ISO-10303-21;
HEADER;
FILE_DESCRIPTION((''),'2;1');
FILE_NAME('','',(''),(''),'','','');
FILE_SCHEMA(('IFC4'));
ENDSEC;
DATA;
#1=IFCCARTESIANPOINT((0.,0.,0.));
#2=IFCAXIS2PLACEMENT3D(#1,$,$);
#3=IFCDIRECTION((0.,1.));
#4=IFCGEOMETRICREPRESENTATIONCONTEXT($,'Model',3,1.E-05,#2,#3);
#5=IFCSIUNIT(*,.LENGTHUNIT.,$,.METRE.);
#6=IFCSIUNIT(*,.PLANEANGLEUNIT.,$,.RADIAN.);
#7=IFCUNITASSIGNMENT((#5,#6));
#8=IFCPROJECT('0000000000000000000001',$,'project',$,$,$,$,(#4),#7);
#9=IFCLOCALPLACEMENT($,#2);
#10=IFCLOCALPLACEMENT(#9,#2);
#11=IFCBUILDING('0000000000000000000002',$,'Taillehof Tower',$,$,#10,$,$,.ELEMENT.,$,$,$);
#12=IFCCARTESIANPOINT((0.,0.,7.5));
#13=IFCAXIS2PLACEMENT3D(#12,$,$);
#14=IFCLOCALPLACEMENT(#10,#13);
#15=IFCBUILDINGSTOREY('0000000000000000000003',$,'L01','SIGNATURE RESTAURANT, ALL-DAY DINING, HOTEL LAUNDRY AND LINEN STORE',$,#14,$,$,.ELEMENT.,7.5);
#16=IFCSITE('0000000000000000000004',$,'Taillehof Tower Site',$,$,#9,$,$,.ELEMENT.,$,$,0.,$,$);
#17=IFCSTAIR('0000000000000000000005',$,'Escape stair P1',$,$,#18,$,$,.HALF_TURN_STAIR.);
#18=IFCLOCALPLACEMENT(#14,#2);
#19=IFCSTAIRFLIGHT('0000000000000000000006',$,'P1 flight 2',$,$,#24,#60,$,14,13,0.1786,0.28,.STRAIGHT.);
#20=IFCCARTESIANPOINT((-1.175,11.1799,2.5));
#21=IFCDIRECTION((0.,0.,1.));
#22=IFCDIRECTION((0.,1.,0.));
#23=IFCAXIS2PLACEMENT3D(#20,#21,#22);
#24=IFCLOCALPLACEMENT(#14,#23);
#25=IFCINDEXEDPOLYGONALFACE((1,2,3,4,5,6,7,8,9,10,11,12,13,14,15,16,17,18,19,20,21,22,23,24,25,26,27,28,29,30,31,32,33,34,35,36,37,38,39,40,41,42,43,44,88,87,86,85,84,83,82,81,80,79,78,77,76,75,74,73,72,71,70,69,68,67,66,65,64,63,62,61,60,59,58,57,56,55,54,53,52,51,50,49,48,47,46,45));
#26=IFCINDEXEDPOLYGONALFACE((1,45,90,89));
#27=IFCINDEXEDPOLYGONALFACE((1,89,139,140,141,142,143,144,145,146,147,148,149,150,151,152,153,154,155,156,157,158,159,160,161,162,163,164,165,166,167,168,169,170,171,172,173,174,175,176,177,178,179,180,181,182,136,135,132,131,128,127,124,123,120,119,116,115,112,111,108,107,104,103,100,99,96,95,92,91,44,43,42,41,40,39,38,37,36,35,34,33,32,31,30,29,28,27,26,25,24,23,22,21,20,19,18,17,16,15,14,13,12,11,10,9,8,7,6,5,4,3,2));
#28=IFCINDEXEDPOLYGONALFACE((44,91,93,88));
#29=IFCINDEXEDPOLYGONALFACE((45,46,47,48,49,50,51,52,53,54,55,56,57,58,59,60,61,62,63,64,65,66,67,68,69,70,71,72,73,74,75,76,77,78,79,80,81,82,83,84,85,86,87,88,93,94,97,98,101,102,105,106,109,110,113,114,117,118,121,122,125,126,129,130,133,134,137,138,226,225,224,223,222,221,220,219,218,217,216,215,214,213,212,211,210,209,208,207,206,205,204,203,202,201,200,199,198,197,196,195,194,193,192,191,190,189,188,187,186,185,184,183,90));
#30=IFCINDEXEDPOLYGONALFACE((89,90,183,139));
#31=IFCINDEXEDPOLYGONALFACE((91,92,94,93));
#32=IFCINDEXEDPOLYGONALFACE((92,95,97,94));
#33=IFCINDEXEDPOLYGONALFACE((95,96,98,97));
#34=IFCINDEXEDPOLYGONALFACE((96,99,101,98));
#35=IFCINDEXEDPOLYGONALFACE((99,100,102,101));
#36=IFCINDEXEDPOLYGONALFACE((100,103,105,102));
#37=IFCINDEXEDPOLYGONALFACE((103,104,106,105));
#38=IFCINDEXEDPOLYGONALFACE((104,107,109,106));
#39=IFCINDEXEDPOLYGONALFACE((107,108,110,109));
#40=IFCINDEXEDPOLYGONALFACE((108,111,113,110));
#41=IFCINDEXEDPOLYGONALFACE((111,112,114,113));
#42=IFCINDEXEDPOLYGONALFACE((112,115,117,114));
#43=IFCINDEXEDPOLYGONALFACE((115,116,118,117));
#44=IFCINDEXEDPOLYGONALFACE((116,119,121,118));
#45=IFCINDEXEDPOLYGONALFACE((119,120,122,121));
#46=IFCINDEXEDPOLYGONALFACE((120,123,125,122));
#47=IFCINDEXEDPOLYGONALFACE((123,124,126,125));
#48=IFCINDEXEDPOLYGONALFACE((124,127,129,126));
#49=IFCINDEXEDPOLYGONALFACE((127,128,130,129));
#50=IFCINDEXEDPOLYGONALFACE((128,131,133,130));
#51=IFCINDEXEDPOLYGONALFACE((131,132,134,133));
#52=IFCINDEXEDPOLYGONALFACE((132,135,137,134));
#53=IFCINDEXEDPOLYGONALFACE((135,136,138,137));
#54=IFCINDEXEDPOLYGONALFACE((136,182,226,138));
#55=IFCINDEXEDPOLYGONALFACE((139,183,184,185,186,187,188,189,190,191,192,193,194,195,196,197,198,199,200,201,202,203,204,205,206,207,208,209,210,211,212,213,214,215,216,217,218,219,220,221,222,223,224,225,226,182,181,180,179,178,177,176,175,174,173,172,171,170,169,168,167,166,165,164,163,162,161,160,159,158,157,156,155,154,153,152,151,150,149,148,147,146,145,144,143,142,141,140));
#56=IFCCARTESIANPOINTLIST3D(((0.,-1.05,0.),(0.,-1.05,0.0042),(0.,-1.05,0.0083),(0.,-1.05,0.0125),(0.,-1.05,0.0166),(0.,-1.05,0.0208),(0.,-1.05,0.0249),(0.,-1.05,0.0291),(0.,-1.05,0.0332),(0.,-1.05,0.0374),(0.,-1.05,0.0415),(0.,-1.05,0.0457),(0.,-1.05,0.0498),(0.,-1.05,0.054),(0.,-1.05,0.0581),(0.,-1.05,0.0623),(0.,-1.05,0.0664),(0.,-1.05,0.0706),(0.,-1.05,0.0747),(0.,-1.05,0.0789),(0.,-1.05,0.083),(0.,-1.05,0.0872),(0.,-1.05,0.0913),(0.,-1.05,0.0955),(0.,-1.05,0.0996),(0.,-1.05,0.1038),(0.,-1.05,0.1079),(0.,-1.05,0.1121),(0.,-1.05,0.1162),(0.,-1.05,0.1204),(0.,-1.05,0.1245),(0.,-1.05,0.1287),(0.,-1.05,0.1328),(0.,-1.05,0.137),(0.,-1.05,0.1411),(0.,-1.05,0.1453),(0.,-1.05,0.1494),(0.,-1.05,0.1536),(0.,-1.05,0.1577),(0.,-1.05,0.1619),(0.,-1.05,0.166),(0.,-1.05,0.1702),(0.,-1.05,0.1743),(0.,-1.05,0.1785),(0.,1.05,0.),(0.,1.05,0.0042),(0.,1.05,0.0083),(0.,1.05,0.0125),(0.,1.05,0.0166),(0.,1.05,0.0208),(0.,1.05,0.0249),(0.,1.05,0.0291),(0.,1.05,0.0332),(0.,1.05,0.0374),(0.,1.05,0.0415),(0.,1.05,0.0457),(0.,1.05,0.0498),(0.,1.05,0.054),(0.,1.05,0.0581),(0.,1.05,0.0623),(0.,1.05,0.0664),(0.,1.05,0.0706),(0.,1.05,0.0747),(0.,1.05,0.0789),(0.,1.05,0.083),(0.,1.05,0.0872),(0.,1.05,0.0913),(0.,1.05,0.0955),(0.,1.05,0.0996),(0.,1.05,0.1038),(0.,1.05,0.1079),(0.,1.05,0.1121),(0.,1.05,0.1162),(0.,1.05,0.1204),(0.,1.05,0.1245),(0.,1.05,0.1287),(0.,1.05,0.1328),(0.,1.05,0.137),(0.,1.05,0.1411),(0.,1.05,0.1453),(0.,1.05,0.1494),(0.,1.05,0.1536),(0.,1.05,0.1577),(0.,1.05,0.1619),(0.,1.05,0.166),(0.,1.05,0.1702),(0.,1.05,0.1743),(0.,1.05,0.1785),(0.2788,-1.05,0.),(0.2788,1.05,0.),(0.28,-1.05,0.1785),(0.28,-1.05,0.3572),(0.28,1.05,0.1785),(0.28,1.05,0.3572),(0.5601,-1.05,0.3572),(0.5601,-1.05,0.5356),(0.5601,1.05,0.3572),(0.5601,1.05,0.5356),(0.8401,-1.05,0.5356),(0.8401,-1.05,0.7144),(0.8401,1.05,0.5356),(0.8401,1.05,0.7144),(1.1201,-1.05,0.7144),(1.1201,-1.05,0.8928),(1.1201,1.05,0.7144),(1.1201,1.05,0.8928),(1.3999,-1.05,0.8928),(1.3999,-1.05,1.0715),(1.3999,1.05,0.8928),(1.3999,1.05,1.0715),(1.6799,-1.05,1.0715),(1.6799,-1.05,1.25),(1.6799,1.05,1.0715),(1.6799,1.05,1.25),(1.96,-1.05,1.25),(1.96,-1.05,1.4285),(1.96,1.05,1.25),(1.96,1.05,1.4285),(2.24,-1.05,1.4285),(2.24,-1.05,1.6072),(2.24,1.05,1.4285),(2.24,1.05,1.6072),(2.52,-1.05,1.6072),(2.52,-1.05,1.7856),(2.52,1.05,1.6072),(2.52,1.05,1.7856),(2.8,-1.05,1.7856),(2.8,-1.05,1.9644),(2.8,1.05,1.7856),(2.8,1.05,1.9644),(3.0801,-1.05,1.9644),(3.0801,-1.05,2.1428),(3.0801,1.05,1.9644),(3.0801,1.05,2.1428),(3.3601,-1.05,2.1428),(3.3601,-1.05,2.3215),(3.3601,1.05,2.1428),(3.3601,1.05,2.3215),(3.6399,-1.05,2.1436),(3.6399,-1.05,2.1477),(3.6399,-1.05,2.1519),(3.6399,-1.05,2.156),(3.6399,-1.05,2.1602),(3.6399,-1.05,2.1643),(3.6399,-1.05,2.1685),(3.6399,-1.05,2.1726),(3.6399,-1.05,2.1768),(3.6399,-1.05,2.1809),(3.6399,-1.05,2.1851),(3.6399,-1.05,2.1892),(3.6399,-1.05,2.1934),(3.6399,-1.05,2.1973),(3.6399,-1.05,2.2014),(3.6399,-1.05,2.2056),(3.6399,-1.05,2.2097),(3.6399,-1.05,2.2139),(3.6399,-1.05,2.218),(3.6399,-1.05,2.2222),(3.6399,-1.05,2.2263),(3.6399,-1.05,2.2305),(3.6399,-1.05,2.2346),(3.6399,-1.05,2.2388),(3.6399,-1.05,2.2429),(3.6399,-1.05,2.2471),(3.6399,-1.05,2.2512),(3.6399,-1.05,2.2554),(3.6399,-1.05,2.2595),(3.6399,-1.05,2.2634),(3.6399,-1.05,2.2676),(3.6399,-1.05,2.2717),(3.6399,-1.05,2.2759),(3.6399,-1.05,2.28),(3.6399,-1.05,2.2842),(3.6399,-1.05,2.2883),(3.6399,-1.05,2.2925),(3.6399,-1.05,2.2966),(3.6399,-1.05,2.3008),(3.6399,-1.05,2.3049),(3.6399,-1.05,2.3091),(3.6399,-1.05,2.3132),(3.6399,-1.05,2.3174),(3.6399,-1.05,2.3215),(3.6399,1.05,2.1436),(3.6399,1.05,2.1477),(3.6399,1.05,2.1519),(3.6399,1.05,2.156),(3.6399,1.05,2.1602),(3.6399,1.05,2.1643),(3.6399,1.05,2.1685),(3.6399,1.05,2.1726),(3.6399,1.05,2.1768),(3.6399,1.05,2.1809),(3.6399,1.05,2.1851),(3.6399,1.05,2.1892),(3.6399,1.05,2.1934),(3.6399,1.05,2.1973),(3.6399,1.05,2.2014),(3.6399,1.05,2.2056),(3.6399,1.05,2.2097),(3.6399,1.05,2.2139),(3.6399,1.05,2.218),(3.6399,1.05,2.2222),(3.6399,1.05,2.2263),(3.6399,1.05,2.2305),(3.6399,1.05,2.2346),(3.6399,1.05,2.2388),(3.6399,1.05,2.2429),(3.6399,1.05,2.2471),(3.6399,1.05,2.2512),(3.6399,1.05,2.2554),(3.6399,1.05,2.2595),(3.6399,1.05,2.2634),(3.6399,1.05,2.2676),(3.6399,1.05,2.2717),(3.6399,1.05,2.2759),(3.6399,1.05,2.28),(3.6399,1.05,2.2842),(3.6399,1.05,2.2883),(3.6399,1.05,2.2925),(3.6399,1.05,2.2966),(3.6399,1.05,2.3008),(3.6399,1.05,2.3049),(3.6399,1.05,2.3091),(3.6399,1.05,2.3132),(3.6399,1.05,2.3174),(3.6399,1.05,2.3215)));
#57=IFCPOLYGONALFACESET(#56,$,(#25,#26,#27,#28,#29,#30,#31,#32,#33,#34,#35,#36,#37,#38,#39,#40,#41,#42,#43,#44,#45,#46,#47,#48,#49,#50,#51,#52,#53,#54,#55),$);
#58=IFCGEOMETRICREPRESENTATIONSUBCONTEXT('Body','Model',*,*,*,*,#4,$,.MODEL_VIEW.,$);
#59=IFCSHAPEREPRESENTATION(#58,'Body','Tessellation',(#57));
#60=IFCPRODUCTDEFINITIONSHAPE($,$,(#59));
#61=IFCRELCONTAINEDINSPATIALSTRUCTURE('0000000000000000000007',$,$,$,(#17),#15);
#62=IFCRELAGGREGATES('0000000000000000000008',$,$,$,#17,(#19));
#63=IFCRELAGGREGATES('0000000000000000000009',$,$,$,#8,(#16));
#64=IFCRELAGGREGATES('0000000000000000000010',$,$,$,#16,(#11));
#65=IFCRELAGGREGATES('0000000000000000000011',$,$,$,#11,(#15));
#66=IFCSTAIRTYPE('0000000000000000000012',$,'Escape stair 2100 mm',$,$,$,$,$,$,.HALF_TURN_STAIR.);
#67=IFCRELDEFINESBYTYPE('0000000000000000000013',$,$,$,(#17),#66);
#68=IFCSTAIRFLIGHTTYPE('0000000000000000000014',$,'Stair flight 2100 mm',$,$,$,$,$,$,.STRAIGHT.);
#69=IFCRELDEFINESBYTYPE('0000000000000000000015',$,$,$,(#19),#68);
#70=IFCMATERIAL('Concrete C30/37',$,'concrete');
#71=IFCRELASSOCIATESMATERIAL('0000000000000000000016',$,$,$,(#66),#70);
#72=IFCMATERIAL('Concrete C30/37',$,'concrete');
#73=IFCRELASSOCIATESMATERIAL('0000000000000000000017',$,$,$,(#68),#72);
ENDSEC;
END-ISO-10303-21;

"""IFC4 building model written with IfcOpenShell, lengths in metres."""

from ifc_helpers import new_model, si_unit, direction, frame, origin, place, context, subcontext, project, spatial, polyline, outline, extrude, material, type_object, element, aggregate, save


model = new_model("IFC4")

# Units and contexts
model_context = context("Model", 3, precision=1e-05, world=origin(), true_north=direction((0.0, 1.0)))
body_context = subcontext(model_context, "Body", "Model", "MODEL_VIEW")
ifc_project = project(units=[si_unit("LENGTHUNIT", "METRE"), si_unit("PLANEANGLEUNIT", "RADIAN")], contexts=[model_context])

# Site, building, storey
site_placement = place(None, origin())
site = spatial("IfcSite", under=ifc_project, at=site_placement, Name="Taillehof Tower Site", CompositionType="ELEMENT", RefElevation=0.0)
building_placement = place(site_placement, origin())
building = spatial("IfcBuilding", under=site, at=building_placement, Name="Taillehof Tower", CompositionType="ELEMENT")
storey_placement = place(building_placement, frame((0.0, 0.0, 7.5)))
storey = spatial("IfcBuildingStorey", under=building, at=storey_placement, Name="L01", Description="SIGNATURE RESTAURANT, ALL-DAY DINING, HOTEL LAUNDRY AND LINEN STORE", CompositionType="ELEMENT", Elevation=7.5)

# Stair, stair flight
ifc_material_1 = material(Name="Concrete C30/37", Category="concrete")
stair_type_1 = type_object("IfcStairType", Name="Escape stair 2100 mm", PredefinedType="HALF_TURN_STAIR", material=ifc_material_1)
stair_1_placement = place(storey_placement, origin())
stair_1 = element("IfcStair", 1, at=stair_1_placement, inside=storey, type_object=stair_type_1, Name="Escape stair P1", PredefinedType="HALF_TURN_STAIR")
ifc_material_2 = material(Name="Concrete C30/37", Category="concrete")
stair_flight_type_1 = type_object("IfcStairFlightType", Name="Stair flight 2100 mm", PredefinedType="STRAIGHT", material=ifc_material_2)
stair_flight_1_placement = place(storey_placement, frame((-1.175, 11.1799, 2.5), z_axis=(0.0, 0.0, 1.0), x_axis=(0.0, 1.0, 0.0)))
stair_flight_1 = element("IfcStairFlight", 2, at=stair_flight_1_placement, type_object=stair_flight_type_1, Name="P1 flight 2", NumberOfRisers=14, NumberOfTreads=13, PredefinedType="STRAIGHT", RiserHeight=0.1786, TreadLength=0.28, context=body_context, shape_type="SweptSolid", body=[
    extrude(outline(polyline([(0.0, 0.0), (0.0, 0.0042), (0.0, 0.0083), (0.0, 0.0125), (0.0, 0.0166), (0.0, 0.0208), (0.0, 0.0249), (0.0, 0.0291), (0.0, 0.0332), (0.0, 0.0374), (0.0, 0.0415), (0.0, 0.0457), (0.0, 0.0498), (0.0, 0.054), (0.0, 0.0581), (0.0, 0.0623), (0.0, 0.0664), (0.0, 0.0706), (0.0, 0.0747), (0.0, 0.0789), (0.0, 0.083), (0.0, 0.0872), (0.0, 0.0913), (0.0, 0.0955), (0.0, 0.0996), (0.0, 0.1038), (0.0, 0.1079), (0.0, 0.1121), (0.0, 0.1162), (0.0, 0.1204), (0.0, 0.1245), (0.0, 0.1287), (0.0, 0.1328), (0.0, 0.137), (0.0, 0.1411), (0.0, 0.1453), (0.0, 0.1494), (0.0, 0.1536), (0.0, 0.1577), (0.0, 0.1619), (0.0, 0.166), (0.0, 0.1702), (0.0, 0.1743), (0.0, 0.1785), (0.28, 0.1785), (0.28, 0.3572), (0.5601, 0.3572), (0.5601, 0.5356), (0.8401, 0.5356), (0.8401, 0.7144), (1.1201, 0.7144), (1.1201, 0.8928), (1.3999, 0.8928), (1.3999, 1.0715), (1.6799, 1.0715), (1.6799, 1.25), (1.96, 1.25), (1.96, 1.4285), (2.24, 1.4285), (2.24, 1.6072), (2.52, 1.6072), (2.52, 1.7856), (2.8, 1.7856), (2.8, 1.9644), (3.0801, 1.9644), (3.0801, 2.1428), (3.3601, 2.1428), (3.3601, 2.3215), (3.6399, 2.3215), (3.6399, 2.3174), (3.6399, 2.3132), (3.6399, 2.3091), (3.6399, 2.3049), (3.6399, 2.3008), (3.6399, 2.2966), (3.6399, 2.2925), (3.6399, 2.2883), (3.6399, 2.2842), (3.6399, 2.28), (3.6399, 2.2759), (3.6399, 2.2717), (3.6399, 2.2676), (3.6399, 2.2634), (3.6399, 2.2595), (3.6399, 2.2554), (3.6399, 2.2512), (3.6399, 2.2471), (3.6399, 2.2429), (3.6399, 2.2388), (3.6399, 2.2346), (3.6399, 2.2305), (3.6399, 2.2263), (3.6399, 2.2222), (3.6399, 2.218), (3.6399, 2.2139), (3.6399, 2.2097), (3.6399, 2.2056), (3.6399, 2.2014), (3.6399, 2.1973), (3.6399, 2.1934), (3.6399, 2.1892), (3.6399, 2.1851), (3.6399, 2.1809), (3.6399, 2.1768), (3.6399, 2.1726), (3.6399, 2.1685), (3.6399, 2.1643), (3.6399, 2.1602), (3.6399, 2.156), (3.6399, 2.1519), (3.6399, 2.1477), (3.6399, 2.1436), (0.2788, 0.0), (0.0, 0.0)])), frame((0.0, 1.05, 0.0), z_axis=(0.0, -1.0, 0.0), x_axis=(1.0, 0.0, 0.0)), (0.0, 0.0, 1.0), 2.1),
])
aggregate(stair_1, [stair_flight_1])

save(model, "model.ifc")
